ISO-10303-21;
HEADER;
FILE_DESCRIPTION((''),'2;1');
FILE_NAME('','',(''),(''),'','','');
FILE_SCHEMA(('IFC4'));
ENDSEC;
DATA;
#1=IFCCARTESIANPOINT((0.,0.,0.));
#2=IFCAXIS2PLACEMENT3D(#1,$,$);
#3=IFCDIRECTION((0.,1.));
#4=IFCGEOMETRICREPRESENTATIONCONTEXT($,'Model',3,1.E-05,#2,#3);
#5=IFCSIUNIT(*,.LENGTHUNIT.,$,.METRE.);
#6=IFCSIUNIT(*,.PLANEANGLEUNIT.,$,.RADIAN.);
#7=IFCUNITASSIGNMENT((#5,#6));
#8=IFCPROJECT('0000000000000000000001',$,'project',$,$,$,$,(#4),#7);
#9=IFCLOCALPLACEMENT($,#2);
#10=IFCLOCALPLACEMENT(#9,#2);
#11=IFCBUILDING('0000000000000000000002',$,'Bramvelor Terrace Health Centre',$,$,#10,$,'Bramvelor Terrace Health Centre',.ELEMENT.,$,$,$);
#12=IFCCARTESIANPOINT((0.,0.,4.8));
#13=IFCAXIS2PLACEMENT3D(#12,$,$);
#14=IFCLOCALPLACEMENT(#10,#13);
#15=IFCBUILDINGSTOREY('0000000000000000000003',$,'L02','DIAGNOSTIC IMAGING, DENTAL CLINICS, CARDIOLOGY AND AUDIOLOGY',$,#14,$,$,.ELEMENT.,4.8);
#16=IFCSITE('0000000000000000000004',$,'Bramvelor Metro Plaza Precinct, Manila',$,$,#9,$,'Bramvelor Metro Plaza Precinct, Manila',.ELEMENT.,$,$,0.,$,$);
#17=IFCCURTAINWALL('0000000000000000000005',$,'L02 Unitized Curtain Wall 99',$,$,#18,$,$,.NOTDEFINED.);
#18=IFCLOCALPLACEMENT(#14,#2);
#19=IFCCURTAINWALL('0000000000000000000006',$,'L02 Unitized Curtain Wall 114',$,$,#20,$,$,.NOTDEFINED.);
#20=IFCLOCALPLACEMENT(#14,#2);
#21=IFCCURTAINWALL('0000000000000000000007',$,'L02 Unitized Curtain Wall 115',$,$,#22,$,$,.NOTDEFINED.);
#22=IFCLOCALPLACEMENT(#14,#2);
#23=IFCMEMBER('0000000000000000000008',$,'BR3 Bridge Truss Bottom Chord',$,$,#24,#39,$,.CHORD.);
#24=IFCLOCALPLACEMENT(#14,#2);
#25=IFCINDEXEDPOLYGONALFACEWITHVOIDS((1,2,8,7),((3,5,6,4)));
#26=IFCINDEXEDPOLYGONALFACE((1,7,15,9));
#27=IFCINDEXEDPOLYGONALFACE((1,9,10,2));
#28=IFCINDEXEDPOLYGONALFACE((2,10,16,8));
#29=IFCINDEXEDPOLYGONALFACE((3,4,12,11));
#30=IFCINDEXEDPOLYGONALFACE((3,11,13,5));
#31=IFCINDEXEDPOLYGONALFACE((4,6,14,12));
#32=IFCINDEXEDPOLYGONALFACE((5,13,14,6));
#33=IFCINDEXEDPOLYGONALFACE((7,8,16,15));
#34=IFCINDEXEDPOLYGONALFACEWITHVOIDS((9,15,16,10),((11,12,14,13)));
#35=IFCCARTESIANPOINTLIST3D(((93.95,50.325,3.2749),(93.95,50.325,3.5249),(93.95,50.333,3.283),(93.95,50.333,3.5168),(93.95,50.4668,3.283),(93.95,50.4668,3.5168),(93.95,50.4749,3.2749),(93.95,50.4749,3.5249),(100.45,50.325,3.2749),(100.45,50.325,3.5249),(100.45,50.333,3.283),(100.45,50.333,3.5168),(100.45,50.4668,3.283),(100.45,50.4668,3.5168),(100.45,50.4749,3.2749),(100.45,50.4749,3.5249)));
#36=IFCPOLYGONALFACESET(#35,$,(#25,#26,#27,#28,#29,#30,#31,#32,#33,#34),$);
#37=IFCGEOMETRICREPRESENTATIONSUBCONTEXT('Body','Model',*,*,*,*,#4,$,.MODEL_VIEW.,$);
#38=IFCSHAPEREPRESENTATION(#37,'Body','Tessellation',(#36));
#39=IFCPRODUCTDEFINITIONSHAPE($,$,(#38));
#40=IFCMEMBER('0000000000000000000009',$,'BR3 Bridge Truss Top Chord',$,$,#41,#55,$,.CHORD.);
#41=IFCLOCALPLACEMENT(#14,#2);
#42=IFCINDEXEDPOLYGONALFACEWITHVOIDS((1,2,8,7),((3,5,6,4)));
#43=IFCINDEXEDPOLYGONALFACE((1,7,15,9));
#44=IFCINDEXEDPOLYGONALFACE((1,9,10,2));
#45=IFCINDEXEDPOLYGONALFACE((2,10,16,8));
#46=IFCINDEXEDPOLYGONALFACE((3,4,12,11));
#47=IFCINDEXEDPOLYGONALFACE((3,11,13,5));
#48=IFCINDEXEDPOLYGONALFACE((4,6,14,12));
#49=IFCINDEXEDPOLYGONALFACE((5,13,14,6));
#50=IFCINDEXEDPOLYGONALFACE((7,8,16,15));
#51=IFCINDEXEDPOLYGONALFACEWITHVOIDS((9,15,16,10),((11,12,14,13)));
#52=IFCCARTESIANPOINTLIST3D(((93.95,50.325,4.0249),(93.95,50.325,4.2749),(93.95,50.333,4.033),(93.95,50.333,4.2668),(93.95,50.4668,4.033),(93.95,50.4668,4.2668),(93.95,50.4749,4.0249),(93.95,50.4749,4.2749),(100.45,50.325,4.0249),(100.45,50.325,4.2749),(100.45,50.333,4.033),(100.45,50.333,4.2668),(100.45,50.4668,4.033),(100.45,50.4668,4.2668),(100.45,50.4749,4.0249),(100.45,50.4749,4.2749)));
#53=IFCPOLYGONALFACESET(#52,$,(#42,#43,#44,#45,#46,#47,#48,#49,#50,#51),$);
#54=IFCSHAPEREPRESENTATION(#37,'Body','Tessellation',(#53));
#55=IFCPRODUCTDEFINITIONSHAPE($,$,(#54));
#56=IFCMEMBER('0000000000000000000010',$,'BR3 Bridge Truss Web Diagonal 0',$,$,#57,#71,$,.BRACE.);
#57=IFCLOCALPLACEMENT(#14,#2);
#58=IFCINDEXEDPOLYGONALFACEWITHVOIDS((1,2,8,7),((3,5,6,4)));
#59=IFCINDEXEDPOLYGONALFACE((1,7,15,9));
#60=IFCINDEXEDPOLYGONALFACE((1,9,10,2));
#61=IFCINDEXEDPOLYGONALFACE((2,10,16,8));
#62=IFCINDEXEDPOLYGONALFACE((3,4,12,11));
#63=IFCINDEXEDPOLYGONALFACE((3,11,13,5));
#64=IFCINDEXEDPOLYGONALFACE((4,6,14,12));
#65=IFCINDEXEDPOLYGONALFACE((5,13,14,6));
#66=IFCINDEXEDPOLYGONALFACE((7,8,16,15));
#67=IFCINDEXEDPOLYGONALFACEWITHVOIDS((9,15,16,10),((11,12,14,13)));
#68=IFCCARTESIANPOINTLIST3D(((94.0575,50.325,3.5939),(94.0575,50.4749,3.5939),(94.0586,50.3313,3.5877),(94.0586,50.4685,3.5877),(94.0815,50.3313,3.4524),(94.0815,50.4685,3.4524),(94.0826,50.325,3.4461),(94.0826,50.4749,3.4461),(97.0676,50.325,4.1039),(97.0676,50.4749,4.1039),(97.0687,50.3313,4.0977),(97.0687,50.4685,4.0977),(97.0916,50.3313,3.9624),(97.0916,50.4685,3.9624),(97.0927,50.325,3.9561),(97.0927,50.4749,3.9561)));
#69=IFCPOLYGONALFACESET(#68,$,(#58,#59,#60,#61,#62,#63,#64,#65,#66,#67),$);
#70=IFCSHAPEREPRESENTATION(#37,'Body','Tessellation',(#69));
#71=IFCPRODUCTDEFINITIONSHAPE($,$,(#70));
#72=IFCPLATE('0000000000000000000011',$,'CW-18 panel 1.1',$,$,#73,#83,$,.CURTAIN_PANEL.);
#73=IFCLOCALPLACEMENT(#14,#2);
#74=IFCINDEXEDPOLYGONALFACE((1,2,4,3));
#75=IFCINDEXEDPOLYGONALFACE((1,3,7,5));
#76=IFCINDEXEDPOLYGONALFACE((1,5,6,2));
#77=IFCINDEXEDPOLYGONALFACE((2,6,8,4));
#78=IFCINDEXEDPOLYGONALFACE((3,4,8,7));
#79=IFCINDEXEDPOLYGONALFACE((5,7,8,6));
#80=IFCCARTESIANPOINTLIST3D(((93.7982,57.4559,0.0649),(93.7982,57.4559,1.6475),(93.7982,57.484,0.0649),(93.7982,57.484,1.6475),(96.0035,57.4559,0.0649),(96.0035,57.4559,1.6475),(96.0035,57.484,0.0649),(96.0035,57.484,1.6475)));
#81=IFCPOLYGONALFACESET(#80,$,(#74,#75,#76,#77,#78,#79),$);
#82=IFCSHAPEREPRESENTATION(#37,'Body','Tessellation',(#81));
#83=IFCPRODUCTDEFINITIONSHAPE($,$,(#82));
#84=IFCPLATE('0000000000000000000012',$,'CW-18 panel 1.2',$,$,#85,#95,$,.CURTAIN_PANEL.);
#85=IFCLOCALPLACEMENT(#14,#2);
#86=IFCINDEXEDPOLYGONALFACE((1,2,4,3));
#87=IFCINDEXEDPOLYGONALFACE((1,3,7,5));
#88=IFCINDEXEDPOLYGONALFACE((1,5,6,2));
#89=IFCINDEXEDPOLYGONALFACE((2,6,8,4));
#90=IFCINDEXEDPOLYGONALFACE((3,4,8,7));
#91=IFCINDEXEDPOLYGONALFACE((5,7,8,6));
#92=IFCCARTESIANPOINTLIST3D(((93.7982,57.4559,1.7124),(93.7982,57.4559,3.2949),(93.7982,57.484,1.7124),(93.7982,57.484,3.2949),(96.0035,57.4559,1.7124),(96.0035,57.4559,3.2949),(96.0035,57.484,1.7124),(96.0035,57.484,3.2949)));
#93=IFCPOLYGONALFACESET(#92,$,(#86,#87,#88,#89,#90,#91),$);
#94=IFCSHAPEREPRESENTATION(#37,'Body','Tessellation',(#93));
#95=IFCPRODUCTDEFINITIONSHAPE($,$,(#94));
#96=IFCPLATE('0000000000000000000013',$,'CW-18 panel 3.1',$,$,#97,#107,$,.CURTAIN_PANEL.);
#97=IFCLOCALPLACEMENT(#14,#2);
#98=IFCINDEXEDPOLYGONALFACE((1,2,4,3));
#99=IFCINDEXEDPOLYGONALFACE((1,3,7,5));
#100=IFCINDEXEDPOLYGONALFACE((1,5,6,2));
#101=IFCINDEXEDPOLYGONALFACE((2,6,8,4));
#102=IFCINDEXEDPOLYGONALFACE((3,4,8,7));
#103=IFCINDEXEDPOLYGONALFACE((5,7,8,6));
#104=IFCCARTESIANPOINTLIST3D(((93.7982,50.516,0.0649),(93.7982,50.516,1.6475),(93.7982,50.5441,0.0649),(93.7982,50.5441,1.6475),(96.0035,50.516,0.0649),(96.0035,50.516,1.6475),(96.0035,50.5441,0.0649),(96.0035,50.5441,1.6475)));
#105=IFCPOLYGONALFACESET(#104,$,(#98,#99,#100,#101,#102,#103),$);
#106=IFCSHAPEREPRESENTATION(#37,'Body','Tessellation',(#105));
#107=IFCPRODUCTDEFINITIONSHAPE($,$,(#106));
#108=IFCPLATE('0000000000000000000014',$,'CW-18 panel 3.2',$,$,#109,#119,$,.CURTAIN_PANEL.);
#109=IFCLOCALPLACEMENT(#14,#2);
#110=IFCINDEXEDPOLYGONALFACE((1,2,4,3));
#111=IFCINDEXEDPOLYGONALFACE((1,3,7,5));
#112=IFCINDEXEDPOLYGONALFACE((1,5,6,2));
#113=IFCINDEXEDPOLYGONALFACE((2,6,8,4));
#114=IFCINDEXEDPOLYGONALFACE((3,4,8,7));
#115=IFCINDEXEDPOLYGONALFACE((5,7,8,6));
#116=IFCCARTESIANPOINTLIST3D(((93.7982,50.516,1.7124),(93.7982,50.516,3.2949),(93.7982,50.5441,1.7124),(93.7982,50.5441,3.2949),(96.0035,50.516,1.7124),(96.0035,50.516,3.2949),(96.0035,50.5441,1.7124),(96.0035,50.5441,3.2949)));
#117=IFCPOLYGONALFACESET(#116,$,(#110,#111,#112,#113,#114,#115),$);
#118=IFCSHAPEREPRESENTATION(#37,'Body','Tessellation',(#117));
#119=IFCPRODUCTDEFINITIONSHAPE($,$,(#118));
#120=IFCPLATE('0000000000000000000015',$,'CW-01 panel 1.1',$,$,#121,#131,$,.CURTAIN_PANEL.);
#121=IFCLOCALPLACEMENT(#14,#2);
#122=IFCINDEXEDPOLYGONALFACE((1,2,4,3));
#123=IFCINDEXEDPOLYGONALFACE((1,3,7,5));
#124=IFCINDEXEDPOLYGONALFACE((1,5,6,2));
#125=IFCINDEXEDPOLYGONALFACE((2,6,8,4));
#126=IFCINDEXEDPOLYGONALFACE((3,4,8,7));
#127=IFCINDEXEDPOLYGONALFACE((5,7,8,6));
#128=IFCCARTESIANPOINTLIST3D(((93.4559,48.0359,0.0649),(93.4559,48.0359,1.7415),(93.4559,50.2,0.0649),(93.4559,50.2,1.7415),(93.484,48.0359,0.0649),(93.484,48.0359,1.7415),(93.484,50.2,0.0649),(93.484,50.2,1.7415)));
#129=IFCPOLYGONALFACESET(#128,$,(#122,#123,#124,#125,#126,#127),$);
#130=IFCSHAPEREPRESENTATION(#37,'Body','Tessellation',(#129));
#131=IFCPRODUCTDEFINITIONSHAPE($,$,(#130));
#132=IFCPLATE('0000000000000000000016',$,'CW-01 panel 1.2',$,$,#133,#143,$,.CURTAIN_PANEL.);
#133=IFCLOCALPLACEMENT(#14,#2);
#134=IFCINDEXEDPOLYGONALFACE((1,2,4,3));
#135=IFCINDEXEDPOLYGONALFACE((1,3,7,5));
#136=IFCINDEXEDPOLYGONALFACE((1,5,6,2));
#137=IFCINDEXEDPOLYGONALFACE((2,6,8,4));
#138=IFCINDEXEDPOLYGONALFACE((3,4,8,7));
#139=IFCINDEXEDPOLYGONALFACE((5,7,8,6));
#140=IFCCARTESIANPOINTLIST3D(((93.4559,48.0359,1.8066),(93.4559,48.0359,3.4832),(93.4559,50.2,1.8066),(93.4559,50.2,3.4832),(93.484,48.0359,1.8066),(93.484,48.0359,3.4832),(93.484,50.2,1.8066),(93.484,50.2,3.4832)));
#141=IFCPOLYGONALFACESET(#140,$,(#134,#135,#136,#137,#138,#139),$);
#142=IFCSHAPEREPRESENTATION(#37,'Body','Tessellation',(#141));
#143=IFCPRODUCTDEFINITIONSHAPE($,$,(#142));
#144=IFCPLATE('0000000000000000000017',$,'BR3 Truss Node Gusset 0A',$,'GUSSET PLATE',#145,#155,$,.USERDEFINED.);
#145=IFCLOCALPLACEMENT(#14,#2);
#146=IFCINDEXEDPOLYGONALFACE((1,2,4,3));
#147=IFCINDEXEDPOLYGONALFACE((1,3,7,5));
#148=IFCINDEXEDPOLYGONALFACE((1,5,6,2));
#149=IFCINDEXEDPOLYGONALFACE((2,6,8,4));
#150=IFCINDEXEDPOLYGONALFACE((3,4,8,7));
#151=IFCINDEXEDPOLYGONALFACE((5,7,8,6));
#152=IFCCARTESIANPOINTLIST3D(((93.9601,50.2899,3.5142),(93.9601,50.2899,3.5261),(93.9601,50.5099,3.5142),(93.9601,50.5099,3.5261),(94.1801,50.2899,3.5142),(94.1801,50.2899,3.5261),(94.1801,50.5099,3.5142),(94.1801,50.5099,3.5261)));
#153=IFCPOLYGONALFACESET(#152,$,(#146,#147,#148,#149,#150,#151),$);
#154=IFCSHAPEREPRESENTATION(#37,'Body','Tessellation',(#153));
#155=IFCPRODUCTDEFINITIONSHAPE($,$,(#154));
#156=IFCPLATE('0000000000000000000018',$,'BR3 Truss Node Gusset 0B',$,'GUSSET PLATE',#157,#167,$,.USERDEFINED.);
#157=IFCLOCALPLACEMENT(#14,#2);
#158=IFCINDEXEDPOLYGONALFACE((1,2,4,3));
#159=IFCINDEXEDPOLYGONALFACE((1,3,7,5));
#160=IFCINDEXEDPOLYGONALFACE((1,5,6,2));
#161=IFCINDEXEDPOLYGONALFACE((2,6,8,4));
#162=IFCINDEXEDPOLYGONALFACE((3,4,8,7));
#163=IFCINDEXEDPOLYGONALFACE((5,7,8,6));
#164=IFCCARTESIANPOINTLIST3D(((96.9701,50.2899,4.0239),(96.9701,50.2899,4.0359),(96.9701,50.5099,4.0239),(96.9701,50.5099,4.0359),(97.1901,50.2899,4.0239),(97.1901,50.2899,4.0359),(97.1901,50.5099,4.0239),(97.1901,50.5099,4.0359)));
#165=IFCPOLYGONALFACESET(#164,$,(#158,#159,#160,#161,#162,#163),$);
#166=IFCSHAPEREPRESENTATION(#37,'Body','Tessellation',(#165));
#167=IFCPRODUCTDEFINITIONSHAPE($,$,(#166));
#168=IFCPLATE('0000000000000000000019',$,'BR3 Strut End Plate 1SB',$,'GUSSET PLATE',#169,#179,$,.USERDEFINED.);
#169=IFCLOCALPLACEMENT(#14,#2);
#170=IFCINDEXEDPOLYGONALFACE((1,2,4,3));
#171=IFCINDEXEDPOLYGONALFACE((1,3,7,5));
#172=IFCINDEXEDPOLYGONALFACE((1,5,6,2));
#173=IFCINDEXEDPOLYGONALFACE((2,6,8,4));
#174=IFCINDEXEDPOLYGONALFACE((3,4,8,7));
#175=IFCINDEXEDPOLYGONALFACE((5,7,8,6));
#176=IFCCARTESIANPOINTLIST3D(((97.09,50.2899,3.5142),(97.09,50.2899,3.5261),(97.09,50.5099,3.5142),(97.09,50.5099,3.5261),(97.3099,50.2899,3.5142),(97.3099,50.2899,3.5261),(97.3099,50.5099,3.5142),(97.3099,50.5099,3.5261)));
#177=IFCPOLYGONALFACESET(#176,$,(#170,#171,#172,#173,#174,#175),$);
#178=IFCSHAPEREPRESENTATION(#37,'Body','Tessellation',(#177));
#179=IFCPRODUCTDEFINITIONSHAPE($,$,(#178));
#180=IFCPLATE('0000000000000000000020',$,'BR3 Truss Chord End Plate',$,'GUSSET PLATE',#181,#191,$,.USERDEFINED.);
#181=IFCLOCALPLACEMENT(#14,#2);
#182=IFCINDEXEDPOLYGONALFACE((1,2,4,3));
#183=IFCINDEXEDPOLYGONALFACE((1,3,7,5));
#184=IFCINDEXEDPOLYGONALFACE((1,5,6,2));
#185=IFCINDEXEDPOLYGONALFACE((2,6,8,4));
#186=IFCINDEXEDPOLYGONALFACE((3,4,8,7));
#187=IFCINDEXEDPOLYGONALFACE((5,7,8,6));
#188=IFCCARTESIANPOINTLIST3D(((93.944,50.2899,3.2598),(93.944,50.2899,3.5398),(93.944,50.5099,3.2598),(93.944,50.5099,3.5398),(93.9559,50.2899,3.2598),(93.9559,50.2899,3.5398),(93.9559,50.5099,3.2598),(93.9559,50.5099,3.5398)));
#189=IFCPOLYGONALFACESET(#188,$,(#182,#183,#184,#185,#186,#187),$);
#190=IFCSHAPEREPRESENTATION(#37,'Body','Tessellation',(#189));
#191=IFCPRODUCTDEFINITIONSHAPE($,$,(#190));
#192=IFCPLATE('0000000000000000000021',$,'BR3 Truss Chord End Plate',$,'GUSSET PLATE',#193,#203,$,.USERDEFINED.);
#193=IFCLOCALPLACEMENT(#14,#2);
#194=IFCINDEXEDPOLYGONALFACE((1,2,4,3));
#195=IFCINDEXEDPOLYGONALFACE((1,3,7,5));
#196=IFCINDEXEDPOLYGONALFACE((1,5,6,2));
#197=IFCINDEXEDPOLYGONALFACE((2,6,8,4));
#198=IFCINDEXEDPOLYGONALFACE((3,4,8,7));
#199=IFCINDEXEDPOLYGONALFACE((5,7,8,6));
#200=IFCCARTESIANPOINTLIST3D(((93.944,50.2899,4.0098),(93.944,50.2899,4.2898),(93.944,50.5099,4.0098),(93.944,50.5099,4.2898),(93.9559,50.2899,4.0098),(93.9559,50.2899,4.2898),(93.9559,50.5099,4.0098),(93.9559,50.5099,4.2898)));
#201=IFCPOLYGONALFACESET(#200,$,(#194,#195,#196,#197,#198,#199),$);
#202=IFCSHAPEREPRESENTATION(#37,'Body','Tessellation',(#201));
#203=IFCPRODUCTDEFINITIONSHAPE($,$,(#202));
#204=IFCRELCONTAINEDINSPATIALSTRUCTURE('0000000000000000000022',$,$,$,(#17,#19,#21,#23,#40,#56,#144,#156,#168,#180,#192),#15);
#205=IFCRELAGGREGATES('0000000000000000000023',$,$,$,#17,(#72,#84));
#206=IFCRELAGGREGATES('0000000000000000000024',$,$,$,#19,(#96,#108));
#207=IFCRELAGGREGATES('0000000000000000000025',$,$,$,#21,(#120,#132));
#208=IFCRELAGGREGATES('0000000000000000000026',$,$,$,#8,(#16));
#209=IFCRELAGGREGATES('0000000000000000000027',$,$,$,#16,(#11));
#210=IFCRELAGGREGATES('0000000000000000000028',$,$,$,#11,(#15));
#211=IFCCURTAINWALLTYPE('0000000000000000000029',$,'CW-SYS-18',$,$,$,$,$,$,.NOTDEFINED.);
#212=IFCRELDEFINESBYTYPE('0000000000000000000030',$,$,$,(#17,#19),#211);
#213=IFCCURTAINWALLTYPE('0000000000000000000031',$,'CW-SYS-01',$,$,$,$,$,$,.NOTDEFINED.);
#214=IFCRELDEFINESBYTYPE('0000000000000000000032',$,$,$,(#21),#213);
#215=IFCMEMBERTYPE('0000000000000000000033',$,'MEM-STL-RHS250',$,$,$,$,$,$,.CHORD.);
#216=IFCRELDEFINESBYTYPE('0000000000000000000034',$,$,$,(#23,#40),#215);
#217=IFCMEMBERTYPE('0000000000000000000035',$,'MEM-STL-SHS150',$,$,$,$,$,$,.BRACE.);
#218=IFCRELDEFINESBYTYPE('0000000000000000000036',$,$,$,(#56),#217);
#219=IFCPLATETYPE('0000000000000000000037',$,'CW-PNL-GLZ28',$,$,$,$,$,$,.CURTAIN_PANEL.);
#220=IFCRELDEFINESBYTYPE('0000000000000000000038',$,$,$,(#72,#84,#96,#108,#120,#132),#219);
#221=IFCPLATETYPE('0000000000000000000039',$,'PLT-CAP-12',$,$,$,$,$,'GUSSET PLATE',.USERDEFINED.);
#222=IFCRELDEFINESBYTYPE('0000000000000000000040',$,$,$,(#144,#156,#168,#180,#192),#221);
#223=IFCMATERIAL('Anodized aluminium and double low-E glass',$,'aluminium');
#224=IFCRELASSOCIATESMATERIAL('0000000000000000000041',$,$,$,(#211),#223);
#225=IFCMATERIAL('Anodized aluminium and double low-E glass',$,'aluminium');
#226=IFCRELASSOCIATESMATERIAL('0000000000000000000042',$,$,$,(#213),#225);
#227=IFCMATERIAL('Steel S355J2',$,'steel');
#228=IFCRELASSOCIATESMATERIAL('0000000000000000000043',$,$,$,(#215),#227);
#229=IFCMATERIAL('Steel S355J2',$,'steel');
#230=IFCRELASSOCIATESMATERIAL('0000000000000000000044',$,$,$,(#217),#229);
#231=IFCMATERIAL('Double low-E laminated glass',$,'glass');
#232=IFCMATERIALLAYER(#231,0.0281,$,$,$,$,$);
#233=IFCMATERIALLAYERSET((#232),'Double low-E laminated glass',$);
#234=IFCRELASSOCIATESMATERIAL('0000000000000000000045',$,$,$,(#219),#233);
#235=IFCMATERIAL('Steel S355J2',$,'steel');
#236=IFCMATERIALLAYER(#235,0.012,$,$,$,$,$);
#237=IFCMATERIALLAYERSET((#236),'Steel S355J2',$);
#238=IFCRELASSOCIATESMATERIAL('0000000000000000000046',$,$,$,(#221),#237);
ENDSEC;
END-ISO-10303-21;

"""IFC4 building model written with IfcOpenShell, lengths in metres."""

from ifc_helpers import new_model, si_unit, direction, frame, origin, origin_2d, place, context, subcontext, project, spatial, rectangle, hollow_rectangle, extrude, material, layer, layer_set, material_profile, profile_set, type_object, element, aggregate, save


model = new_model("IFC4")

# Units and contexts
model_context = context("Model", 3, precision=1e-05, world=origin(), true_north=direction((0.0, 1.0)))
body_context = subcontext(model_context, "Body", "Model", "MODEL_VIEW")
ifc_project = project(units=[si_unit("LENGTHUNIT", "METRE"), si_unit("PLANEANGLEUNIT", "RADIAN")], contexts=[model_context])

# Site, building, storey
site_placement = place(None, origin())
site = spatial("IfcSite", under=ifc_project, at=site_placement, Name="Bramvelor Metro Plaza Precinct, Manila", LongName="Bramvelor Metro Plaza Precinct, Manila", CompositionType="ELEMENT", RefElevation=0.0)
building_placement = place(site_placement, origin())
building = spatial("IfcBuilding", under=site, at=building_placement, Name="Bramvelor Terrace Health Centre", LongName="Bramvelor Terrace Health Centre", CompositionType="ELEMENT")
storey_placement = place(building_placement, frame((0.0, 0.0, 4.8)))
storey = spatial("IfcBuildingStorey", under=building, at=storey_placement, Name="L02", Description="DIAGNOSTIC IMAGING, DENTAL CLINICS, CARDIOLOGY AND AUDIOLOGY", CompositionType="ELEMENT", Elevation=4.8)

# Curtain walls
ifc_material_1 = material(Name="Anodized aluminium and double low-E glass", Category="aluminium")
curtain_wall_type_1 = type_object("IfcCurtainWallType", Name="CW-SYS-18", PredefinedType="NOTDEFINED", material=ifc_material_1)
curtain_wall_1_placement = place(storey_placement, origin())
curtain_wall_1 = element("IfcCurtainWall", 1, at=curtain_wall_1_placement, inside=storey, type_object=curtain_wall_type_1, Name="L02 Unitized Curtain Wall 99", PredefinedType="NOTDEFINED")
curtain_wall_2_placement = place(storey_placement, origin())
curtain_wall_2 = element("IfcCurtainWall", 2, at=curtain_wall_2_placement, inside=storey, type_object=curtain_wall_type_1, Name="L02 Unitized Curtain Wall 114", PredefinedType="NOTDEFINED")
ifc_material_2 = material(Name="Anodized aluminium and double low-E glass", Category="aluminium")
curtain_wall_type_2 = type_object("IfcCurtainWallType", Name="CW-SYS-01", PredefinedType="NOTDEFINED", material=ifc_material_2)
curtain_wall_3_placement = place(storey_placement, origin())
curtain_wall_3 = element("IfcCurtainWall", 3, at=curtain_wall_3_placement, inside=storey, type_object=curtain_wall_type_2, Name="L02 Unitized Curtain Wall 115", PredefinedType="NOTDEFINED")

# Members
ifc_material_3 = material(Name="Steel S355J2", Category="steel")
ifc_material_profile_1 = material_profile(ifc_material_3, hollow_rectangle(XDim=0.1499, YDim=0.25, WallThickness=0.0081, at=origin_2d()), Name="RHS 250x150x8.0")
ifc_profile_set_1 = profile_set([ifc_material_profile_1], Name="Steel S355J2")
member_type_1 = type_object("IfcMemberType", Name="MEM-STL-RHS250", PredefinedType="CHORD", material=ifc_profile_set_1)
for number, where, z_axis, x_axis, name in (
    (4, (93.95, 50.3999, 3.3999), (1.0, 0.0, 0.0), (0.0, 1.0, 0.0), "BR3 Bridge Truss Bottom Chord"),
    (5, (93.95, 50.3999, 4.1499), (1.0, 0.0, 0.0), (0.0, 1.0, 0.0), "BR3 Bridge Truss Top Chord"),
):
    element("IfcMember", number, at=place(storey_placement, frame(where, z_axis=z_axis, x_axis=x_axis)), inside=storey, type_object=member_type_1, Name=name, PredefinedType="CHORD", context=body_context, shape_type="SweptSolid", body=[
        extrude(hollow_rectangle(XDim=0.1499, YDim=0.25, WallThickness=0.0081, at=origin_2d()), origin(), (0.0, 0.0, 1.0), 6.5),
    ])
ifc_material_4 = material(Name="Steel S355J2", Category="steel")
ifc_material_profile_2 = material_profile(ifc_material_4, hollow_rectangle(XDim=0.1499, YDim=0.1499, WallThickness=0.0063, at=origin_2d()), Name="SHS 150x150x6.3")
ifc_profile_set_2 = profile_set([ifc_material_profile_2], Name="Steel S355J2")
member_type_2 = type_object("IfcMemberType", Name="MEM-STL-SHS150", PredefinedType="BRACE", material=ifc_profile_set_2)
member_1_placement = place(storey_placement, frame((94.0701, 50.3999, 3.52), z_axis=(0.985947, 0.0, 0.167057), x_axis=(0.0, 1.0, 0.0)))
element("IfcMember", 6, at=member_1_placement, inside=storey, type_object=member_type_2, Name="BR3 Bridge Truss Web Diagonal 0", PredefinedType="BRACE", context=body_context, shape_type="SweptSolid", body=[
    extrude(hollow_rectangle(XDim=0.1499, YDim=0.1499, WallThickness=0.0063, at=origin_2d()), origin(), (0.0, 0.0, 1.0), 3.053),
])

# Plates
ifc_material_5 = material(Name="Double low-E laminated glass", Category="glass")
ifc_layer_1 = layer(ifc_material_5, 0.0281)
ifc_layer_set_1 = layer_set([ifc_layer_1], Name="Double low-E laminated glass")
plate_type_1 = type_object("IfcPlateType", Name="CW-PNL-GLZ28", PredefinedType="CURTAIN_PANEL", material=ifc_layer_set_1)
plate_1_placement = place(storey_placement, frame((94.9009, 57.47, 0.0649), z_axis=(0.0, 0.0, 1.0), x_axis=(1.0, 0.0, 0.0)))
plate_1 = element("IfcPlate", 7, at=plate_1_placement, type_object=plate_type_1, Name="CW-18 panel 1.1", PredefinedType="CURTAIN_PANEL", context=body_context, shape_type="SweptSolid", body=[
    extrude(rectangle(XDim=2.2053, YDim=0.0281, at=origin_2d()), origin(), (0.0, 0.0, 1.0), 1.5825),
])
plate_2_placement = place(storey_placement, frame((94.9009, 57.47, 1.7124), z_axis=(0.0, 0.0, 1.0), x_axis=(1.0, 0.0, 0.0)))
plate_2 = element("IfcPlate", 8, at=plate_2_placement, type_object=plate_type_1, Name="CW-18 panel 1.2", PredefinedType="CURTAIN_PANEL", context=body_context, shape_type="SweptSolid", body=[
    extrude(rectangle(XDim=2.2053, YDim=0.0281, at=origin_2d()), origin(), (0.0, 0.0, 1.0), 1.5825),
])
aggregate(curtain_wall_1, [plate_1, plate_2])
plate_3_placement = place(storey_placement, frame((94.9009, 50.53, 0.0649), z_axis=(0.0, 0.0, 1.0), x_axis=(-1.0, 0.0, 0.0)))
plate_3 = element("IfcPlate", 9, at=plate_3_placement, type_object=plate_type_1, Name="CW-18 panel 3.1", PredefinedType="CURTAIN_PANEL", context=body_context, shape_type="SweptSolid", body=[
    extrude(rectangle(XDim=2.2053, YDim=0.0281, at=origin_2d()), origin(), (0.0, 0.0, 1.0), 1.5825),
])
plate_4_placement = place(storey_placement, frame((94.9009, 50.53, 1.7124), z_axis=(0.0, 0.0, 1.0), x_axis=(-1.0, 0.0, 0.0)))
plate_4 = element("IfcPlate", 10, at=plate_4_placement, type_object=plate_type_1, Name="CW-18 panel 3.2", PredefinedType="CURTAIN_PANEL", context=body_context, shape_type="SweptSolid", body=[
    extrude(rectangle(XDim=2.2053, YDim=0.0281, at=origin_2d()), origin(), (0.0, 0.0, 1.0), 1.5825),
])
aggregate(curtain_wall_2, [plate_3, plate_4])
plate_5_placement = place(storey_placement, frame((93.47, 49.1179, 0.0649), z_axis=(0.0, 0.0, 1.0), x_axis=(0.0, -1.0, 0.0)))
plate_5 = element("IfcPlate", 11, at=plate_5_placement, type_object=plate_type_1, Name="CW-01 panel 1.1", PredefinedType="CURTAIN_PANEL", context=body_context, shape_type="SweptSolid", body=[
    extrude(rectangle(XDim=2.1641, YDim=0.0281, at=origin_2d()), origin(), (0.0, 0.0, 1.0), 1.6765),
])
plate_6_placement = place(storey_placement, frame((93.47, 49.1179, 1.8066), z_axis=(0.0, 0.0, 1.0), x_axis=(0.0, -1.0, 0.0)))
plate_6 = element("IfcPlate", 12, at=plate_6_placement, type_object=plate_type_1, Name="CW-01 panel 1.2", PredefinedType="CURTAIN_PANEL", context=body_context, shape_type="SweptSolid", body=[
    extrude(rectangle(XDim=2.1641, YDim=0.0281, at=origin_2d()), origin(), (0.0, 0.0, 1.0), 1.6765),
])
aggregate(curtain_wall_3, [plate_5, plate_6])

# Plates
ifc_material_6 = material(Name="Steel S355J2", Category="steel")
ifc_layer_2 = layer(ifc_material_6, 0.012)
ifc_layer_set_2 = layer_set([ifc_layer_2], Name="Steel S355J2")
plate_type_2 = type_object("IfcPlateType", Name="PLT-CAP-12", ElementType="GUSSET PLATE", PredefinedType="USERDEFINED", material=ifc_layer_set_2)
for number, where, z_axis, x_axis, name in (
    (13, (94.0701, 50.3999, 3.5142), (0.0, 0.0, 1.0), (1.0, 0.0, 0.0), "BR3 Truss Node Gusset 0A"),
    (14, (97.0801, 50.3999, 4.0239), (0.0, 0.0, 1.0), (1.0, 0.0, 0.0), "BR3 Truss Node Gusset 0B"),
    (15, (97.2, 50.3999, 3.5142), (0.0, 0.0, 1.0), (1.0, 0.0, 0.0), "BR3 Strut End Plate 1SB"),
):
    element("IfcPlate", number, at=place(storey_placement, frame(where, z_axis=z_axis, x_axis=x_axis)), inside=storey, type_object=plate_type_2, Name=name, ObjectType="GUSSET PLATE", PredefinedType="USERDEFINED", context=body_context, shape_type="SweptSolid", body=[
        extrude(rectangle(XDim=0.22, YDim=0.22, at=origin_2d()), origin(), (0.0, 0.0, 1.0), 0.012),
    ])
for number, where, z_axis, x_axis, name in (
    (16, (93.95, 50.3999, 3.2598), (0.0, 0.0, 1.0), (1.0, 0.0, 0.0), "BR3 Truss Chord End Plate"),
    (17, (93.95, 50.3999, 4.0098), (0.0, 0.0, 1.0), (1.0, 0.0, 0.0), "BR3 Truss Chord End Plate"),
):
    element("IfcPlate", number, at=place(storey_placement, frame(where, z_axis=z_axis, x_axis=x_axis)), inside=storey, type_object=plate_type_2, Name=name, ObjectType="GUSSET PLATE", PredefinedType="USERDEFINED", context=body_context, shape_type="SweptSolid", body=[
        extrude(rectangle(XDim=0.012, YDim=0.22, at=origin_2d()), origin(), (0.0, 0.0, 1.0), 0.28),
    ])

save(model, "model.ifc")
